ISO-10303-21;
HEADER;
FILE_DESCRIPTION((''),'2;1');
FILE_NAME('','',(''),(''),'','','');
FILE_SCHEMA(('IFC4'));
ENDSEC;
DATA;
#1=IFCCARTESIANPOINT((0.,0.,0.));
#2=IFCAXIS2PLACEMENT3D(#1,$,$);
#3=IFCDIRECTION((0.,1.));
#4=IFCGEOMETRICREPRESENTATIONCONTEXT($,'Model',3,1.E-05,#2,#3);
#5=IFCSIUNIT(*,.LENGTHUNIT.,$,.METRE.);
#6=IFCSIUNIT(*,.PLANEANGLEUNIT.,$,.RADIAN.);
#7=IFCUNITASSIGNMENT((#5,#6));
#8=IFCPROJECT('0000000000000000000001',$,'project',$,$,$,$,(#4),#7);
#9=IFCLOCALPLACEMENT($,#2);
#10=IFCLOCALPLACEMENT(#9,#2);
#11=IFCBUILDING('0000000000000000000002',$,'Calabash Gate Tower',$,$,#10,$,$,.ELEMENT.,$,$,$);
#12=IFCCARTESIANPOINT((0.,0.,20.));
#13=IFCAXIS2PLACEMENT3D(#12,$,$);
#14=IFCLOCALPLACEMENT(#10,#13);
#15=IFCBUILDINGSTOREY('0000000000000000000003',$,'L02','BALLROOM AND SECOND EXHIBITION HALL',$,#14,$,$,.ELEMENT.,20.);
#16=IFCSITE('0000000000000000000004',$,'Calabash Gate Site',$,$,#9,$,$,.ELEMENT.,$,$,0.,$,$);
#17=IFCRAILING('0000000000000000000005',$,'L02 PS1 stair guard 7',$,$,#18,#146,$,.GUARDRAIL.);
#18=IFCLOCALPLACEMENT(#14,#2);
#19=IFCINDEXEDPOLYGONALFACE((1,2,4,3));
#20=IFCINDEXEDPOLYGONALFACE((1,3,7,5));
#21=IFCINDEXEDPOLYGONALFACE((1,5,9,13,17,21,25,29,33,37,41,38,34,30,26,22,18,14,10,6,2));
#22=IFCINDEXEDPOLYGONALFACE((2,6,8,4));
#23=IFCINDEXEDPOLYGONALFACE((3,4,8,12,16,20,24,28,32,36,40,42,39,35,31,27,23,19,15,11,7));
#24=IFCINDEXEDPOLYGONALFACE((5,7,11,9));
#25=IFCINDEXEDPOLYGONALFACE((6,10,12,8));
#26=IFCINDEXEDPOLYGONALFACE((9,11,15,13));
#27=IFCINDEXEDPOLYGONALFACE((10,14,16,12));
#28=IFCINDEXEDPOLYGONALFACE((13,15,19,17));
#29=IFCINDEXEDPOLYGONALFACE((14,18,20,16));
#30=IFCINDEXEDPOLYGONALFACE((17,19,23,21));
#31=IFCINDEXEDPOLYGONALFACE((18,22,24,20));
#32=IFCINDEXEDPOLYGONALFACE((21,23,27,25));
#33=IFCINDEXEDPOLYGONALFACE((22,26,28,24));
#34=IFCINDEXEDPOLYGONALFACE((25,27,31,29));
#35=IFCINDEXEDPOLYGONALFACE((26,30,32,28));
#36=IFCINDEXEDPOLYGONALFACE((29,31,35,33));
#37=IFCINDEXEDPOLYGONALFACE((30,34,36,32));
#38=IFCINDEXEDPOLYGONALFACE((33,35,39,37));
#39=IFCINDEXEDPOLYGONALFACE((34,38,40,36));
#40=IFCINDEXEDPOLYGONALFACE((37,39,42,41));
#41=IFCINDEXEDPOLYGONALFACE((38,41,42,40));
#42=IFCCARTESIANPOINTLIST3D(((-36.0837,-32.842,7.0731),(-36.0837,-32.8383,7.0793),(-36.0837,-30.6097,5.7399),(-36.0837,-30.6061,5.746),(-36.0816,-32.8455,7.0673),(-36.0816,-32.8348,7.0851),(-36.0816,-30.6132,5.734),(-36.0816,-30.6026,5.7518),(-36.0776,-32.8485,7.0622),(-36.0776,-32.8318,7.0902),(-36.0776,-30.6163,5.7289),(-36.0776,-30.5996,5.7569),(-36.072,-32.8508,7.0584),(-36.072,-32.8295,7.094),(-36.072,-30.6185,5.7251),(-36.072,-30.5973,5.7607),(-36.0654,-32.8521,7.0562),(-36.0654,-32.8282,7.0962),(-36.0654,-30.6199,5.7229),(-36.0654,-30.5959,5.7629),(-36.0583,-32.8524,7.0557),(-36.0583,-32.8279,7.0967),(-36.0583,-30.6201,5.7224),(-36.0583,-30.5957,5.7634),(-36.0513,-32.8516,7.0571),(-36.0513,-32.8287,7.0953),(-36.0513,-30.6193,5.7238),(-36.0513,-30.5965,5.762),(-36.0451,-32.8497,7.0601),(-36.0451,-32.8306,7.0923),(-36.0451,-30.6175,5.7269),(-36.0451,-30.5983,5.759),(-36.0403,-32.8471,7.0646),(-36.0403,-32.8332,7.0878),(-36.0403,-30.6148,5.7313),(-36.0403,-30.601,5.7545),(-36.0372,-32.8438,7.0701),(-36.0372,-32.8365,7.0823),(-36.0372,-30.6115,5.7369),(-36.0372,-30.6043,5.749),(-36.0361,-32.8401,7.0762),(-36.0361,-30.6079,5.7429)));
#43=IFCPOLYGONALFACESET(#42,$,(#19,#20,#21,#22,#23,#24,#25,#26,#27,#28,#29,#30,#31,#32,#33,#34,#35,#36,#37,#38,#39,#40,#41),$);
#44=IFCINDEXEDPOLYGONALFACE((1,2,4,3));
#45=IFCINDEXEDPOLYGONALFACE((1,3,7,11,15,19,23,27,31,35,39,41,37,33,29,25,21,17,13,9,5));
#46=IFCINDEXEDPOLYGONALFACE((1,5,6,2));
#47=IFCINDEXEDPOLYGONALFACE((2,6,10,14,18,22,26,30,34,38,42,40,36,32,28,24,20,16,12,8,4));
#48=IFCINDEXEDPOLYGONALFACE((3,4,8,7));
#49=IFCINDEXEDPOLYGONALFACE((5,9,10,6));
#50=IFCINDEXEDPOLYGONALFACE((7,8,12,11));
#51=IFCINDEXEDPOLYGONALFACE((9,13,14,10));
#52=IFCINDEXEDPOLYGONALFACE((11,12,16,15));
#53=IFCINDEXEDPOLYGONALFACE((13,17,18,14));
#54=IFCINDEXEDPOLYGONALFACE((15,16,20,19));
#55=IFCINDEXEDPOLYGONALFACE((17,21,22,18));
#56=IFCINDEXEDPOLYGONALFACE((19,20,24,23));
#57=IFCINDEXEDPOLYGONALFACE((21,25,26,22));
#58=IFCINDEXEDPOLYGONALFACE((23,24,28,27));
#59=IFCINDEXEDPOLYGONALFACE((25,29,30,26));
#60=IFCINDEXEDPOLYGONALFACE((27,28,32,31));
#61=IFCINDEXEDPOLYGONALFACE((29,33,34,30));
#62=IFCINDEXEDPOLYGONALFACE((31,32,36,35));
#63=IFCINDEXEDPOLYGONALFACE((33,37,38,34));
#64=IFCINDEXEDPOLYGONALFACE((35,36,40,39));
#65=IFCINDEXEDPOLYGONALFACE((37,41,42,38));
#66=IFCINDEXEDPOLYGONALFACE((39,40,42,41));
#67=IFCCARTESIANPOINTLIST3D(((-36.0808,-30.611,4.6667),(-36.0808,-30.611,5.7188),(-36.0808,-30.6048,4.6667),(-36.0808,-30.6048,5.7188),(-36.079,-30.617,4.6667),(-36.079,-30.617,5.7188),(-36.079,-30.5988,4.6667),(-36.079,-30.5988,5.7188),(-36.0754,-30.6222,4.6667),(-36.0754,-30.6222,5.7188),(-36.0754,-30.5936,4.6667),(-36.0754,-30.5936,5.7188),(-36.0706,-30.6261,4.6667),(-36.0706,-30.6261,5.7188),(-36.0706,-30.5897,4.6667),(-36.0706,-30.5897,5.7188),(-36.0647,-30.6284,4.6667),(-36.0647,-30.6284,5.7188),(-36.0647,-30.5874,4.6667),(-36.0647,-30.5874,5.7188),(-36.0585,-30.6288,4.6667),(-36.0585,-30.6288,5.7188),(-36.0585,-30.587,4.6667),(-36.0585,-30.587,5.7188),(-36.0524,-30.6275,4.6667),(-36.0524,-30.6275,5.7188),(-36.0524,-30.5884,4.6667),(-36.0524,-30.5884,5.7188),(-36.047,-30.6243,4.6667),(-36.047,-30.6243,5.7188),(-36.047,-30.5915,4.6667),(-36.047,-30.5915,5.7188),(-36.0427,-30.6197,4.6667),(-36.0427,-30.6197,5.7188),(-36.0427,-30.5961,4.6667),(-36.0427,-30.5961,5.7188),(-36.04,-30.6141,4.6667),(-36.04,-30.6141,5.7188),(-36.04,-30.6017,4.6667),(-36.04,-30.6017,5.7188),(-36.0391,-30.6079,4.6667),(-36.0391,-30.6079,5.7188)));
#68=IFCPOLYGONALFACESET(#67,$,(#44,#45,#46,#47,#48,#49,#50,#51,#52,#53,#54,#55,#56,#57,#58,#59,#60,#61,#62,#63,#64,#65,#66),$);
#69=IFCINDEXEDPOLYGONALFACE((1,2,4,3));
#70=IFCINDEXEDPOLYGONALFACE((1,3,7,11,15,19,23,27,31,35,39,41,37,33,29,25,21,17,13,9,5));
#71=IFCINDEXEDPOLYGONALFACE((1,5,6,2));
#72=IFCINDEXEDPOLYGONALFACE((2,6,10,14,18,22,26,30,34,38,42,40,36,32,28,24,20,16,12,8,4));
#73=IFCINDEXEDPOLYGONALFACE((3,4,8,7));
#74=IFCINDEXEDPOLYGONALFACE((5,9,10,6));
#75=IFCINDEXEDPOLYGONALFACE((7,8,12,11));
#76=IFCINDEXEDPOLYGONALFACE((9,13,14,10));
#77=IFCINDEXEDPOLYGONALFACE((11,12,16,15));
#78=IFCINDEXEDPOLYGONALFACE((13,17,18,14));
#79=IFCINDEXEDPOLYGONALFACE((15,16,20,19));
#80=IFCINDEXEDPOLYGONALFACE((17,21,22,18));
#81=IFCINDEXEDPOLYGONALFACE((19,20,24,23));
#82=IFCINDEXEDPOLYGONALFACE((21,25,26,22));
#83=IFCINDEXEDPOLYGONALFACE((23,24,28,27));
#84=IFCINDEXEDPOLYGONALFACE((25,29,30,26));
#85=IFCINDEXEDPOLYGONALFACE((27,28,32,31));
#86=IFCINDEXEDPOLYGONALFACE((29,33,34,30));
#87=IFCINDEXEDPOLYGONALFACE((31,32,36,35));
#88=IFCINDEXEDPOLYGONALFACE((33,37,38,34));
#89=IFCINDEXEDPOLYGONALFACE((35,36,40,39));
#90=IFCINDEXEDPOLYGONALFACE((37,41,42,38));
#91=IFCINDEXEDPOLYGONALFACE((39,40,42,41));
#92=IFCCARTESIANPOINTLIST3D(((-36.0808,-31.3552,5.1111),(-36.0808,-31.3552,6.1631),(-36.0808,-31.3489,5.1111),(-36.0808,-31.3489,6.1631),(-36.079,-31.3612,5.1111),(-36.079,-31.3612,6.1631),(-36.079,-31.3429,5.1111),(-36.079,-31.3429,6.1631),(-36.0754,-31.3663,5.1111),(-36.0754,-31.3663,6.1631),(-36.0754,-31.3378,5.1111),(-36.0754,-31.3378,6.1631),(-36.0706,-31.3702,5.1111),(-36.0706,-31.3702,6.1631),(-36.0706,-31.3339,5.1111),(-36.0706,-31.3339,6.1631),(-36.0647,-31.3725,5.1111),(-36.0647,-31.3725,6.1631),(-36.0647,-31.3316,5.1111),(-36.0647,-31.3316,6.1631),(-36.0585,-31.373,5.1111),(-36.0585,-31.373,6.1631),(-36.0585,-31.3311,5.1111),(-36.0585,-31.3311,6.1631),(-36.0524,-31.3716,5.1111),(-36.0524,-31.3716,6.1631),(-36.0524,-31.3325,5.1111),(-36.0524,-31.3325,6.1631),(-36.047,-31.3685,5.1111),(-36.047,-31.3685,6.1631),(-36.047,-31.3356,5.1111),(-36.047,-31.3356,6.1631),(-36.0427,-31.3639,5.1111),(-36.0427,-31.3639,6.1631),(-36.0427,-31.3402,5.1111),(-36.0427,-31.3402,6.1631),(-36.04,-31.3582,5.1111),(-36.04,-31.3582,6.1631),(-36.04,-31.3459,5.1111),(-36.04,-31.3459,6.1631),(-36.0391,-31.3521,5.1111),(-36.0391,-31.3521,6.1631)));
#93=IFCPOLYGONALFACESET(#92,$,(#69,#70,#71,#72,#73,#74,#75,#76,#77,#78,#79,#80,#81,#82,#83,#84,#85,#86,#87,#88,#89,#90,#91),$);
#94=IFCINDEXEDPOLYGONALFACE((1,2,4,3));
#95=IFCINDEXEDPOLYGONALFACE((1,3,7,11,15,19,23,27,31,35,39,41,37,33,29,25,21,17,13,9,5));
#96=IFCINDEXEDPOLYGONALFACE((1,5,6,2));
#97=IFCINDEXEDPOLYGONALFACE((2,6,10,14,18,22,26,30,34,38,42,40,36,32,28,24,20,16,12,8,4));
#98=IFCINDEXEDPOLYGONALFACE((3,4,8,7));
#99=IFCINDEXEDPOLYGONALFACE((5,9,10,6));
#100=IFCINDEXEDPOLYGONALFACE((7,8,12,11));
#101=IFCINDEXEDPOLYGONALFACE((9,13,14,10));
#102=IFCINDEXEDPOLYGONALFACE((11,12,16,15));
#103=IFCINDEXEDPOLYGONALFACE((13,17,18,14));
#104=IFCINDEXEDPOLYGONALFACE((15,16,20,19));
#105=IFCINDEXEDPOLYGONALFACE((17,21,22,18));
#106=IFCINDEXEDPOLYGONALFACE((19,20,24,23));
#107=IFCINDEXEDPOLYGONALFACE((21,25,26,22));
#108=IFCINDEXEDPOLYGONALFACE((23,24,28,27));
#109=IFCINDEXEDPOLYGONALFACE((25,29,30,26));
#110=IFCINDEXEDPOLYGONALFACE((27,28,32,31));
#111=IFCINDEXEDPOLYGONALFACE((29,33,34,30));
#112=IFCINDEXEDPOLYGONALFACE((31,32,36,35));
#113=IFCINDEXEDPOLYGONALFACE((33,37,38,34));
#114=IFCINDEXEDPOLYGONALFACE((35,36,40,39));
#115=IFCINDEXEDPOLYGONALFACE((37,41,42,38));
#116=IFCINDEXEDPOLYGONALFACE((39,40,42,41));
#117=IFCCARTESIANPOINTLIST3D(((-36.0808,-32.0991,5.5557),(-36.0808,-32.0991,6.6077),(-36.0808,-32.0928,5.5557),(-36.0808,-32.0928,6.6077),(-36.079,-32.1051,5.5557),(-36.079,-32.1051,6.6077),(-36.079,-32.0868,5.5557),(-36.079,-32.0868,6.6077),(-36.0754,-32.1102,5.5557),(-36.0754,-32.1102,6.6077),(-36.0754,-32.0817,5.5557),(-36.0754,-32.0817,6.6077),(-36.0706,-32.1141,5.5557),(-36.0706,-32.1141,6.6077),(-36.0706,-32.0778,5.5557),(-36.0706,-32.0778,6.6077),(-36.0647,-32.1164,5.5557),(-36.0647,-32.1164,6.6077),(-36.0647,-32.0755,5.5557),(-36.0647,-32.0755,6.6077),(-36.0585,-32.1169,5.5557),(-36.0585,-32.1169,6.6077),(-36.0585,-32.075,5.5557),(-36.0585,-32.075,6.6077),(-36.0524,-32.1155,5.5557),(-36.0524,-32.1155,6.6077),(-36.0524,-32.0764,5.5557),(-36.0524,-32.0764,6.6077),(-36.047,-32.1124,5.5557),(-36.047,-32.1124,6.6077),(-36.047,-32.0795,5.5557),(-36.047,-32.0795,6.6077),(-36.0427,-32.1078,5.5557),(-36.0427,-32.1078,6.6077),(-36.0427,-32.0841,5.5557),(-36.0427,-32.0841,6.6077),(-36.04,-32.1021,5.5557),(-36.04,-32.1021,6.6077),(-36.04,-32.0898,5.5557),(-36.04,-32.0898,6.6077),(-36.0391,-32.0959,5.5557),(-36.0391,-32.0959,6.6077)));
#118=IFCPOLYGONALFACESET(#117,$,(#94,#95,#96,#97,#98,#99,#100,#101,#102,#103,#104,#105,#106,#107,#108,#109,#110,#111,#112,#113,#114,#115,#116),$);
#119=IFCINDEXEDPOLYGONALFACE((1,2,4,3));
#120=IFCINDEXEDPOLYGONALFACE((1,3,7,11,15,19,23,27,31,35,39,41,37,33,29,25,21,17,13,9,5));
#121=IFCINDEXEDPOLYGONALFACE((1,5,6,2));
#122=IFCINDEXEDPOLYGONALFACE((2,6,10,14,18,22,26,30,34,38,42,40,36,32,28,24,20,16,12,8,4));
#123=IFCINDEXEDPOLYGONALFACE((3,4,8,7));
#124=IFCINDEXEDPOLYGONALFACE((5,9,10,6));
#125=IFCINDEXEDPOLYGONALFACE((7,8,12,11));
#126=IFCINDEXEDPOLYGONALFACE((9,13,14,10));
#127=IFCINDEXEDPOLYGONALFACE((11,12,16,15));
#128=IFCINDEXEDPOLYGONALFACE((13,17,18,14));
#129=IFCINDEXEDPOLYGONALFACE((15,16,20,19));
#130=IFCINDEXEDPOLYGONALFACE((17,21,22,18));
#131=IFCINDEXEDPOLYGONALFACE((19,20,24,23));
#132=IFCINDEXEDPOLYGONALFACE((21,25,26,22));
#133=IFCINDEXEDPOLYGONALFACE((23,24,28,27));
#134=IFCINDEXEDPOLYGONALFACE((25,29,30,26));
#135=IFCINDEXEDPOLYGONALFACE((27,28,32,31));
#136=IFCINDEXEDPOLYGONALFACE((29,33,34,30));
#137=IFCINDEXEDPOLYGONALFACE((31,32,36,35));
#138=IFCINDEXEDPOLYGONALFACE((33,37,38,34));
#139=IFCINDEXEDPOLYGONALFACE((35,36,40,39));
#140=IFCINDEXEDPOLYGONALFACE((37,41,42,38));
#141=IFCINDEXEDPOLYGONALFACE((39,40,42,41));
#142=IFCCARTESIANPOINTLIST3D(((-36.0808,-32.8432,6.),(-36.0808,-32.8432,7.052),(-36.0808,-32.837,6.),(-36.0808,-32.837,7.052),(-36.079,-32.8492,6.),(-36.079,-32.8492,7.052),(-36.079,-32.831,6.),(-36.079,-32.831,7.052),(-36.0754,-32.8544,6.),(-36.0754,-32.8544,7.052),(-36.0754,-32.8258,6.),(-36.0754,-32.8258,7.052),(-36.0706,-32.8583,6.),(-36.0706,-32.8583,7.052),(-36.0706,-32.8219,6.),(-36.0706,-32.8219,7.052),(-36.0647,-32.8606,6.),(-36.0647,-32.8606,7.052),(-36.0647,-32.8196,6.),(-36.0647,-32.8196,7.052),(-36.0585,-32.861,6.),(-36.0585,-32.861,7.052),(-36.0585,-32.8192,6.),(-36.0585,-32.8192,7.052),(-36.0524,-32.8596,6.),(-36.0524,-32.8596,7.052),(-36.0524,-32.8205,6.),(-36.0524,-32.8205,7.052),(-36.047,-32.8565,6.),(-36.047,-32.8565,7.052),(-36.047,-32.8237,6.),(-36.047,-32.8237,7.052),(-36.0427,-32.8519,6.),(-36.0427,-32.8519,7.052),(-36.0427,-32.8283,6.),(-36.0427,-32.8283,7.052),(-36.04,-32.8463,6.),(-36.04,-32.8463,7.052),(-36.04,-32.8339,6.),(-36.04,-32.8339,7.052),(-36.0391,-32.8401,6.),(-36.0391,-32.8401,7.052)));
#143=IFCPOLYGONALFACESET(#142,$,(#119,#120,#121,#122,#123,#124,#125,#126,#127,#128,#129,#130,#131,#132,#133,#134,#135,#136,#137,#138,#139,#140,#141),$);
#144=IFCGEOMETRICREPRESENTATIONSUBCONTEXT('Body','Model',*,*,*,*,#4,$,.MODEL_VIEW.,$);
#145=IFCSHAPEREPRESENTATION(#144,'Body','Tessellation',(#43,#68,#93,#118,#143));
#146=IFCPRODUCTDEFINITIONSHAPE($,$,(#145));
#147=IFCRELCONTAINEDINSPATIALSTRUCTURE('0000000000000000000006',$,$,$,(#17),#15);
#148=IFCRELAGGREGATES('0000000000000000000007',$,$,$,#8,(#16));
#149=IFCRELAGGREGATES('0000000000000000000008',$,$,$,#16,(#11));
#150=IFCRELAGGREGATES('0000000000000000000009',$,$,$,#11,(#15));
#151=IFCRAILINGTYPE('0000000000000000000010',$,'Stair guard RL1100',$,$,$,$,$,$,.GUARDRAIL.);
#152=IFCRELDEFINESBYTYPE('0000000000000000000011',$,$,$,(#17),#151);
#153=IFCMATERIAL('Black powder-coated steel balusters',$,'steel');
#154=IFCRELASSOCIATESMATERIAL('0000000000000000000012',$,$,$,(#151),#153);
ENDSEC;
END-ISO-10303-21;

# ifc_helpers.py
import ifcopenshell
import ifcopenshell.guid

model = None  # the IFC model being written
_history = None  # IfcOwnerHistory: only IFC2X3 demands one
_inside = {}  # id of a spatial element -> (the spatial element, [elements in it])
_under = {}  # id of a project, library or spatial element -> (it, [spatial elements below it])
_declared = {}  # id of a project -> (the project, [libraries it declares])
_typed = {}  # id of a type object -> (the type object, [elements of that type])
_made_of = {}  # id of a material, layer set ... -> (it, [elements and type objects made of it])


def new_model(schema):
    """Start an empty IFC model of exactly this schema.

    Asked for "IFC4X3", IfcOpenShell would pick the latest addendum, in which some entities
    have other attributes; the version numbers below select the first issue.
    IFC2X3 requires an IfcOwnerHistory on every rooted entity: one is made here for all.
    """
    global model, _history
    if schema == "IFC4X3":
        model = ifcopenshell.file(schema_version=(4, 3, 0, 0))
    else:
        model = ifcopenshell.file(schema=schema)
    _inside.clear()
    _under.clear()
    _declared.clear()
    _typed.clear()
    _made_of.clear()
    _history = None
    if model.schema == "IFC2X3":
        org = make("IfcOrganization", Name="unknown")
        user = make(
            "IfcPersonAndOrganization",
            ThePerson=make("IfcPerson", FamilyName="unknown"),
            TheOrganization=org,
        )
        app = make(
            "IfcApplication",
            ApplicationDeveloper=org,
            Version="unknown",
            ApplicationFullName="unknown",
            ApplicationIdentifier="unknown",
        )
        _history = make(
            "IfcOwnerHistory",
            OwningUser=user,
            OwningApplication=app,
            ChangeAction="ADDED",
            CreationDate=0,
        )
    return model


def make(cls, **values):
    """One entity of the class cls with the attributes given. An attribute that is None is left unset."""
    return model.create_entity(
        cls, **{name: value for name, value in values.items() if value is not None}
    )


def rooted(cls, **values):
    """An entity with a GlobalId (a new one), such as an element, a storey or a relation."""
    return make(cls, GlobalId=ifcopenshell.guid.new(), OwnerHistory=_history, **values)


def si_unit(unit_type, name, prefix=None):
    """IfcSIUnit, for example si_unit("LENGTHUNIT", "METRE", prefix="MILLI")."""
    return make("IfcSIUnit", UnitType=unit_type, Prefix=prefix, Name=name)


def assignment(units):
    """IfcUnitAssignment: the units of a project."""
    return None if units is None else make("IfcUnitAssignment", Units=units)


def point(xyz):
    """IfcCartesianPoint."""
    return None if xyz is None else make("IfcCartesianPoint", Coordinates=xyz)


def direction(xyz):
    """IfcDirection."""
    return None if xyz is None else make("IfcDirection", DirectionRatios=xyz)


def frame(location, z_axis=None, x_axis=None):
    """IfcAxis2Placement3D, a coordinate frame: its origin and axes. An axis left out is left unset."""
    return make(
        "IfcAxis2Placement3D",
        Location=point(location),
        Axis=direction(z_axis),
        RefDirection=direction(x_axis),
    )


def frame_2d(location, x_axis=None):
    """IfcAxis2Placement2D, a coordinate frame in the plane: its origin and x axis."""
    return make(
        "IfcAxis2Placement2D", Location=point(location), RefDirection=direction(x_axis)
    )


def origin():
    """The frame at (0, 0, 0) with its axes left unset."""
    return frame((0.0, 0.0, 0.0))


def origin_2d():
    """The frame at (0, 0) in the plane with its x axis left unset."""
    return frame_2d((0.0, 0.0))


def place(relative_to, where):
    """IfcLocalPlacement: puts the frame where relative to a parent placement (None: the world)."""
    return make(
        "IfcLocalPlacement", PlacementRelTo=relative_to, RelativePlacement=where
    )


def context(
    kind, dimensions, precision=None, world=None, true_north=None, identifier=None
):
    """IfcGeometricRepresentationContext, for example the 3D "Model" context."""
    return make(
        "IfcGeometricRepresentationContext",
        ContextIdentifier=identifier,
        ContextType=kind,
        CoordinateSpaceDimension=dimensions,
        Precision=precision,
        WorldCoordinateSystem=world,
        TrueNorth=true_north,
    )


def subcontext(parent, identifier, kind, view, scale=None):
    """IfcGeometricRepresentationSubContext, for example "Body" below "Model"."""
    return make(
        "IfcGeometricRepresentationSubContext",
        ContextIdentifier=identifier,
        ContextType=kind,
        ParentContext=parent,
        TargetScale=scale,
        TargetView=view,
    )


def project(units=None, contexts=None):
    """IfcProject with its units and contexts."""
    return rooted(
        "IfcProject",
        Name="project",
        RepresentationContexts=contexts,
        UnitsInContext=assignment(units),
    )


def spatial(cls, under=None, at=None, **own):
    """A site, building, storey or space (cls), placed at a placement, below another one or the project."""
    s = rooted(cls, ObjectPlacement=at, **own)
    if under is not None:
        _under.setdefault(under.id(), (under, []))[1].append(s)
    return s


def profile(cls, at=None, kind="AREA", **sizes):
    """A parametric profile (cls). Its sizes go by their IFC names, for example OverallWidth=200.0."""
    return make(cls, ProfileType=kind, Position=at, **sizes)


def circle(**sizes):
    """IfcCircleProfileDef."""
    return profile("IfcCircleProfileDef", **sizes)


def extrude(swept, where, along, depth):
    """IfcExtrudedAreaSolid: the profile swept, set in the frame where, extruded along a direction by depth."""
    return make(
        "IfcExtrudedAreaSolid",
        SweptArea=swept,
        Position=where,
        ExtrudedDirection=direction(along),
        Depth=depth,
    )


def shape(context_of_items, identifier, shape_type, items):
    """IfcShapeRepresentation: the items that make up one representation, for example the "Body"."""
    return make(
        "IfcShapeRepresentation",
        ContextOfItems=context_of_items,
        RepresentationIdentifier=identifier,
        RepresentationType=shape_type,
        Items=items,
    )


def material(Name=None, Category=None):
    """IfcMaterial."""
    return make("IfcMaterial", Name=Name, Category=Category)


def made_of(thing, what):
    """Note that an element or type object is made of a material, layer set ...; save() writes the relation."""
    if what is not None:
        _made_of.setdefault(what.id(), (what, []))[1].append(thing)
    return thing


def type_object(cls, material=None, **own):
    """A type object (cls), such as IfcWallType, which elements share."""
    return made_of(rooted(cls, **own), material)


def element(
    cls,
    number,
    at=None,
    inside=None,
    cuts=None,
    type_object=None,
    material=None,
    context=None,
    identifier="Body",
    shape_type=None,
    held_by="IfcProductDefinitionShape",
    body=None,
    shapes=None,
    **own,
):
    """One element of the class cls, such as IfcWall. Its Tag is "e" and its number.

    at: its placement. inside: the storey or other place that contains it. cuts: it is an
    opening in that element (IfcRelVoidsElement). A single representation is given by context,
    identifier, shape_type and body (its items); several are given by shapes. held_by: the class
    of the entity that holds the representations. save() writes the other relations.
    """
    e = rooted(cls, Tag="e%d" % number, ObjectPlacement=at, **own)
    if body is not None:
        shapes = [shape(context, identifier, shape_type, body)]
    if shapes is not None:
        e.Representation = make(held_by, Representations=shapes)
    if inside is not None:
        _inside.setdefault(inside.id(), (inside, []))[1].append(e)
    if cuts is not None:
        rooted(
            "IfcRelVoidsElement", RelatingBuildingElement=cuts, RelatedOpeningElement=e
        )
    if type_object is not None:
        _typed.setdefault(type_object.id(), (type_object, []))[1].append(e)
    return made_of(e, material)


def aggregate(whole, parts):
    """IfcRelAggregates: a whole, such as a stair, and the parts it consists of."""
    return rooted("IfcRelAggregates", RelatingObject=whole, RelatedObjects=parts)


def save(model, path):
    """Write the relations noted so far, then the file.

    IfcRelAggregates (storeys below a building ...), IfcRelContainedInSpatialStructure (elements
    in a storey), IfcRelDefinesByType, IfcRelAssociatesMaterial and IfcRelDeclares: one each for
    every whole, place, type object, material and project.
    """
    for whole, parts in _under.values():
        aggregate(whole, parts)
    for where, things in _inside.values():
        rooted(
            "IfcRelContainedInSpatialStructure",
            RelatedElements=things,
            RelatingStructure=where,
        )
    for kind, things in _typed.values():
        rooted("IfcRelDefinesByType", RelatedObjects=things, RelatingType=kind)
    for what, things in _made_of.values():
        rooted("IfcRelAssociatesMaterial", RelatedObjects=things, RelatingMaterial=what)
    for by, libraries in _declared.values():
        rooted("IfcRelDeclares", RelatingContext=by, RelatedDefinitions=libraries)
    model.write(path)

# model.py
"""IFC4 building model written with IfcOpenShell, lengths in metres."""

from ifc_helpers import new_model, si_unit, direction, frame, origin, origin_2d, place, context, subcontext, project, spatial, circle, extrude, material, type_object, element, save


model = new_model("IFC4")

# Units and contexts
model_context = context("Model", 3, precision=1e-05, world=origin(), true_north=direction((0.0, 1.0)))
body_context = subcontext(model_context, "Body", "Model", "MODEL_VIEW")
ifc_project = project(units=[si_unit("LENGTHUNIT", "METRE"), si_unit("PLANEANGLEUNIT", "RADIAN")], contexts=[model_context])

# Site, building, storey
site_placement = place(None, origin())
site = spatial("IfcSite", under=ifc_project, at=site_placement, Name="Calabash Gate Site", CompositionType="ELEMENT", RefElevation=0.0)
building_placement = place(site_placement, origin())
building = spatial("IfcBuilding", under=site, at=building_placement, Name="Calabash Gate Tower", CompositionType="ELEMENT")
storey_placement = place(building_placement, frame((0.0, 0.0, 20.0)))
storey = spatial("IfcBuildingStorey", under=building, at=storey_placement, Name="L02", Description="BALLROOM AND SECOND EXHIBITION HALL", CompositionType="ELEMENT", Elevation=20.0)

# Railing
ifc_material_1 = material(Name="Black powder-coated steel balusters", Category="steel")
railing_type_1 = type_object("IfcRailingType", Name="Stair guard RL1100", PredefinedType="GUARDRAIL", material=ifc_material_1)
railing_1_placement = place(storey_placement, frame((-36.0601, -30.6079, 4.6667)))
element("IfcRailing", 1, at=railing_1_placement, inside=storey, type_object=railing_type_1, Name="L02 PS1 stair guard 7", PredefinedType="GUARDRAIL", context=body_context, shape_type="SweptSolid", body=[
    extrude(circle(Radius=0.0239, at=origin_2d()), frame((0.0, 0.0, 1.0762), z_axis=(0.0, -0.858519, 0.512782), x_axis=(1.0, 0.0, 0.0)), (0.0, 0.0, 1.0), 2.6001),
    extrude(circle(Radius=0.021, at=origin_2d()), origin(), (0.0, 0.0, 1.0), 1.052),
    extrude(circle(Radius=0.021, at=origin_2d()), frame((0.0, -0.7441, 0.4443)), (0.0, 0.0, 1.0), 1.052),
    extrude(circle(Radius=0.021, at=origin_2d()), frame((0.0, -1.488, 0.8889)), (0.0, 0.0, 1.0), 1.052),
    extrude(circle(Radius=0.021, at=origin_2d()), frame((0.0, -2.2322, 1.3333)), (0.0, 0.0, 1.0), 1.052),
])

save(model, "model.ifc")
